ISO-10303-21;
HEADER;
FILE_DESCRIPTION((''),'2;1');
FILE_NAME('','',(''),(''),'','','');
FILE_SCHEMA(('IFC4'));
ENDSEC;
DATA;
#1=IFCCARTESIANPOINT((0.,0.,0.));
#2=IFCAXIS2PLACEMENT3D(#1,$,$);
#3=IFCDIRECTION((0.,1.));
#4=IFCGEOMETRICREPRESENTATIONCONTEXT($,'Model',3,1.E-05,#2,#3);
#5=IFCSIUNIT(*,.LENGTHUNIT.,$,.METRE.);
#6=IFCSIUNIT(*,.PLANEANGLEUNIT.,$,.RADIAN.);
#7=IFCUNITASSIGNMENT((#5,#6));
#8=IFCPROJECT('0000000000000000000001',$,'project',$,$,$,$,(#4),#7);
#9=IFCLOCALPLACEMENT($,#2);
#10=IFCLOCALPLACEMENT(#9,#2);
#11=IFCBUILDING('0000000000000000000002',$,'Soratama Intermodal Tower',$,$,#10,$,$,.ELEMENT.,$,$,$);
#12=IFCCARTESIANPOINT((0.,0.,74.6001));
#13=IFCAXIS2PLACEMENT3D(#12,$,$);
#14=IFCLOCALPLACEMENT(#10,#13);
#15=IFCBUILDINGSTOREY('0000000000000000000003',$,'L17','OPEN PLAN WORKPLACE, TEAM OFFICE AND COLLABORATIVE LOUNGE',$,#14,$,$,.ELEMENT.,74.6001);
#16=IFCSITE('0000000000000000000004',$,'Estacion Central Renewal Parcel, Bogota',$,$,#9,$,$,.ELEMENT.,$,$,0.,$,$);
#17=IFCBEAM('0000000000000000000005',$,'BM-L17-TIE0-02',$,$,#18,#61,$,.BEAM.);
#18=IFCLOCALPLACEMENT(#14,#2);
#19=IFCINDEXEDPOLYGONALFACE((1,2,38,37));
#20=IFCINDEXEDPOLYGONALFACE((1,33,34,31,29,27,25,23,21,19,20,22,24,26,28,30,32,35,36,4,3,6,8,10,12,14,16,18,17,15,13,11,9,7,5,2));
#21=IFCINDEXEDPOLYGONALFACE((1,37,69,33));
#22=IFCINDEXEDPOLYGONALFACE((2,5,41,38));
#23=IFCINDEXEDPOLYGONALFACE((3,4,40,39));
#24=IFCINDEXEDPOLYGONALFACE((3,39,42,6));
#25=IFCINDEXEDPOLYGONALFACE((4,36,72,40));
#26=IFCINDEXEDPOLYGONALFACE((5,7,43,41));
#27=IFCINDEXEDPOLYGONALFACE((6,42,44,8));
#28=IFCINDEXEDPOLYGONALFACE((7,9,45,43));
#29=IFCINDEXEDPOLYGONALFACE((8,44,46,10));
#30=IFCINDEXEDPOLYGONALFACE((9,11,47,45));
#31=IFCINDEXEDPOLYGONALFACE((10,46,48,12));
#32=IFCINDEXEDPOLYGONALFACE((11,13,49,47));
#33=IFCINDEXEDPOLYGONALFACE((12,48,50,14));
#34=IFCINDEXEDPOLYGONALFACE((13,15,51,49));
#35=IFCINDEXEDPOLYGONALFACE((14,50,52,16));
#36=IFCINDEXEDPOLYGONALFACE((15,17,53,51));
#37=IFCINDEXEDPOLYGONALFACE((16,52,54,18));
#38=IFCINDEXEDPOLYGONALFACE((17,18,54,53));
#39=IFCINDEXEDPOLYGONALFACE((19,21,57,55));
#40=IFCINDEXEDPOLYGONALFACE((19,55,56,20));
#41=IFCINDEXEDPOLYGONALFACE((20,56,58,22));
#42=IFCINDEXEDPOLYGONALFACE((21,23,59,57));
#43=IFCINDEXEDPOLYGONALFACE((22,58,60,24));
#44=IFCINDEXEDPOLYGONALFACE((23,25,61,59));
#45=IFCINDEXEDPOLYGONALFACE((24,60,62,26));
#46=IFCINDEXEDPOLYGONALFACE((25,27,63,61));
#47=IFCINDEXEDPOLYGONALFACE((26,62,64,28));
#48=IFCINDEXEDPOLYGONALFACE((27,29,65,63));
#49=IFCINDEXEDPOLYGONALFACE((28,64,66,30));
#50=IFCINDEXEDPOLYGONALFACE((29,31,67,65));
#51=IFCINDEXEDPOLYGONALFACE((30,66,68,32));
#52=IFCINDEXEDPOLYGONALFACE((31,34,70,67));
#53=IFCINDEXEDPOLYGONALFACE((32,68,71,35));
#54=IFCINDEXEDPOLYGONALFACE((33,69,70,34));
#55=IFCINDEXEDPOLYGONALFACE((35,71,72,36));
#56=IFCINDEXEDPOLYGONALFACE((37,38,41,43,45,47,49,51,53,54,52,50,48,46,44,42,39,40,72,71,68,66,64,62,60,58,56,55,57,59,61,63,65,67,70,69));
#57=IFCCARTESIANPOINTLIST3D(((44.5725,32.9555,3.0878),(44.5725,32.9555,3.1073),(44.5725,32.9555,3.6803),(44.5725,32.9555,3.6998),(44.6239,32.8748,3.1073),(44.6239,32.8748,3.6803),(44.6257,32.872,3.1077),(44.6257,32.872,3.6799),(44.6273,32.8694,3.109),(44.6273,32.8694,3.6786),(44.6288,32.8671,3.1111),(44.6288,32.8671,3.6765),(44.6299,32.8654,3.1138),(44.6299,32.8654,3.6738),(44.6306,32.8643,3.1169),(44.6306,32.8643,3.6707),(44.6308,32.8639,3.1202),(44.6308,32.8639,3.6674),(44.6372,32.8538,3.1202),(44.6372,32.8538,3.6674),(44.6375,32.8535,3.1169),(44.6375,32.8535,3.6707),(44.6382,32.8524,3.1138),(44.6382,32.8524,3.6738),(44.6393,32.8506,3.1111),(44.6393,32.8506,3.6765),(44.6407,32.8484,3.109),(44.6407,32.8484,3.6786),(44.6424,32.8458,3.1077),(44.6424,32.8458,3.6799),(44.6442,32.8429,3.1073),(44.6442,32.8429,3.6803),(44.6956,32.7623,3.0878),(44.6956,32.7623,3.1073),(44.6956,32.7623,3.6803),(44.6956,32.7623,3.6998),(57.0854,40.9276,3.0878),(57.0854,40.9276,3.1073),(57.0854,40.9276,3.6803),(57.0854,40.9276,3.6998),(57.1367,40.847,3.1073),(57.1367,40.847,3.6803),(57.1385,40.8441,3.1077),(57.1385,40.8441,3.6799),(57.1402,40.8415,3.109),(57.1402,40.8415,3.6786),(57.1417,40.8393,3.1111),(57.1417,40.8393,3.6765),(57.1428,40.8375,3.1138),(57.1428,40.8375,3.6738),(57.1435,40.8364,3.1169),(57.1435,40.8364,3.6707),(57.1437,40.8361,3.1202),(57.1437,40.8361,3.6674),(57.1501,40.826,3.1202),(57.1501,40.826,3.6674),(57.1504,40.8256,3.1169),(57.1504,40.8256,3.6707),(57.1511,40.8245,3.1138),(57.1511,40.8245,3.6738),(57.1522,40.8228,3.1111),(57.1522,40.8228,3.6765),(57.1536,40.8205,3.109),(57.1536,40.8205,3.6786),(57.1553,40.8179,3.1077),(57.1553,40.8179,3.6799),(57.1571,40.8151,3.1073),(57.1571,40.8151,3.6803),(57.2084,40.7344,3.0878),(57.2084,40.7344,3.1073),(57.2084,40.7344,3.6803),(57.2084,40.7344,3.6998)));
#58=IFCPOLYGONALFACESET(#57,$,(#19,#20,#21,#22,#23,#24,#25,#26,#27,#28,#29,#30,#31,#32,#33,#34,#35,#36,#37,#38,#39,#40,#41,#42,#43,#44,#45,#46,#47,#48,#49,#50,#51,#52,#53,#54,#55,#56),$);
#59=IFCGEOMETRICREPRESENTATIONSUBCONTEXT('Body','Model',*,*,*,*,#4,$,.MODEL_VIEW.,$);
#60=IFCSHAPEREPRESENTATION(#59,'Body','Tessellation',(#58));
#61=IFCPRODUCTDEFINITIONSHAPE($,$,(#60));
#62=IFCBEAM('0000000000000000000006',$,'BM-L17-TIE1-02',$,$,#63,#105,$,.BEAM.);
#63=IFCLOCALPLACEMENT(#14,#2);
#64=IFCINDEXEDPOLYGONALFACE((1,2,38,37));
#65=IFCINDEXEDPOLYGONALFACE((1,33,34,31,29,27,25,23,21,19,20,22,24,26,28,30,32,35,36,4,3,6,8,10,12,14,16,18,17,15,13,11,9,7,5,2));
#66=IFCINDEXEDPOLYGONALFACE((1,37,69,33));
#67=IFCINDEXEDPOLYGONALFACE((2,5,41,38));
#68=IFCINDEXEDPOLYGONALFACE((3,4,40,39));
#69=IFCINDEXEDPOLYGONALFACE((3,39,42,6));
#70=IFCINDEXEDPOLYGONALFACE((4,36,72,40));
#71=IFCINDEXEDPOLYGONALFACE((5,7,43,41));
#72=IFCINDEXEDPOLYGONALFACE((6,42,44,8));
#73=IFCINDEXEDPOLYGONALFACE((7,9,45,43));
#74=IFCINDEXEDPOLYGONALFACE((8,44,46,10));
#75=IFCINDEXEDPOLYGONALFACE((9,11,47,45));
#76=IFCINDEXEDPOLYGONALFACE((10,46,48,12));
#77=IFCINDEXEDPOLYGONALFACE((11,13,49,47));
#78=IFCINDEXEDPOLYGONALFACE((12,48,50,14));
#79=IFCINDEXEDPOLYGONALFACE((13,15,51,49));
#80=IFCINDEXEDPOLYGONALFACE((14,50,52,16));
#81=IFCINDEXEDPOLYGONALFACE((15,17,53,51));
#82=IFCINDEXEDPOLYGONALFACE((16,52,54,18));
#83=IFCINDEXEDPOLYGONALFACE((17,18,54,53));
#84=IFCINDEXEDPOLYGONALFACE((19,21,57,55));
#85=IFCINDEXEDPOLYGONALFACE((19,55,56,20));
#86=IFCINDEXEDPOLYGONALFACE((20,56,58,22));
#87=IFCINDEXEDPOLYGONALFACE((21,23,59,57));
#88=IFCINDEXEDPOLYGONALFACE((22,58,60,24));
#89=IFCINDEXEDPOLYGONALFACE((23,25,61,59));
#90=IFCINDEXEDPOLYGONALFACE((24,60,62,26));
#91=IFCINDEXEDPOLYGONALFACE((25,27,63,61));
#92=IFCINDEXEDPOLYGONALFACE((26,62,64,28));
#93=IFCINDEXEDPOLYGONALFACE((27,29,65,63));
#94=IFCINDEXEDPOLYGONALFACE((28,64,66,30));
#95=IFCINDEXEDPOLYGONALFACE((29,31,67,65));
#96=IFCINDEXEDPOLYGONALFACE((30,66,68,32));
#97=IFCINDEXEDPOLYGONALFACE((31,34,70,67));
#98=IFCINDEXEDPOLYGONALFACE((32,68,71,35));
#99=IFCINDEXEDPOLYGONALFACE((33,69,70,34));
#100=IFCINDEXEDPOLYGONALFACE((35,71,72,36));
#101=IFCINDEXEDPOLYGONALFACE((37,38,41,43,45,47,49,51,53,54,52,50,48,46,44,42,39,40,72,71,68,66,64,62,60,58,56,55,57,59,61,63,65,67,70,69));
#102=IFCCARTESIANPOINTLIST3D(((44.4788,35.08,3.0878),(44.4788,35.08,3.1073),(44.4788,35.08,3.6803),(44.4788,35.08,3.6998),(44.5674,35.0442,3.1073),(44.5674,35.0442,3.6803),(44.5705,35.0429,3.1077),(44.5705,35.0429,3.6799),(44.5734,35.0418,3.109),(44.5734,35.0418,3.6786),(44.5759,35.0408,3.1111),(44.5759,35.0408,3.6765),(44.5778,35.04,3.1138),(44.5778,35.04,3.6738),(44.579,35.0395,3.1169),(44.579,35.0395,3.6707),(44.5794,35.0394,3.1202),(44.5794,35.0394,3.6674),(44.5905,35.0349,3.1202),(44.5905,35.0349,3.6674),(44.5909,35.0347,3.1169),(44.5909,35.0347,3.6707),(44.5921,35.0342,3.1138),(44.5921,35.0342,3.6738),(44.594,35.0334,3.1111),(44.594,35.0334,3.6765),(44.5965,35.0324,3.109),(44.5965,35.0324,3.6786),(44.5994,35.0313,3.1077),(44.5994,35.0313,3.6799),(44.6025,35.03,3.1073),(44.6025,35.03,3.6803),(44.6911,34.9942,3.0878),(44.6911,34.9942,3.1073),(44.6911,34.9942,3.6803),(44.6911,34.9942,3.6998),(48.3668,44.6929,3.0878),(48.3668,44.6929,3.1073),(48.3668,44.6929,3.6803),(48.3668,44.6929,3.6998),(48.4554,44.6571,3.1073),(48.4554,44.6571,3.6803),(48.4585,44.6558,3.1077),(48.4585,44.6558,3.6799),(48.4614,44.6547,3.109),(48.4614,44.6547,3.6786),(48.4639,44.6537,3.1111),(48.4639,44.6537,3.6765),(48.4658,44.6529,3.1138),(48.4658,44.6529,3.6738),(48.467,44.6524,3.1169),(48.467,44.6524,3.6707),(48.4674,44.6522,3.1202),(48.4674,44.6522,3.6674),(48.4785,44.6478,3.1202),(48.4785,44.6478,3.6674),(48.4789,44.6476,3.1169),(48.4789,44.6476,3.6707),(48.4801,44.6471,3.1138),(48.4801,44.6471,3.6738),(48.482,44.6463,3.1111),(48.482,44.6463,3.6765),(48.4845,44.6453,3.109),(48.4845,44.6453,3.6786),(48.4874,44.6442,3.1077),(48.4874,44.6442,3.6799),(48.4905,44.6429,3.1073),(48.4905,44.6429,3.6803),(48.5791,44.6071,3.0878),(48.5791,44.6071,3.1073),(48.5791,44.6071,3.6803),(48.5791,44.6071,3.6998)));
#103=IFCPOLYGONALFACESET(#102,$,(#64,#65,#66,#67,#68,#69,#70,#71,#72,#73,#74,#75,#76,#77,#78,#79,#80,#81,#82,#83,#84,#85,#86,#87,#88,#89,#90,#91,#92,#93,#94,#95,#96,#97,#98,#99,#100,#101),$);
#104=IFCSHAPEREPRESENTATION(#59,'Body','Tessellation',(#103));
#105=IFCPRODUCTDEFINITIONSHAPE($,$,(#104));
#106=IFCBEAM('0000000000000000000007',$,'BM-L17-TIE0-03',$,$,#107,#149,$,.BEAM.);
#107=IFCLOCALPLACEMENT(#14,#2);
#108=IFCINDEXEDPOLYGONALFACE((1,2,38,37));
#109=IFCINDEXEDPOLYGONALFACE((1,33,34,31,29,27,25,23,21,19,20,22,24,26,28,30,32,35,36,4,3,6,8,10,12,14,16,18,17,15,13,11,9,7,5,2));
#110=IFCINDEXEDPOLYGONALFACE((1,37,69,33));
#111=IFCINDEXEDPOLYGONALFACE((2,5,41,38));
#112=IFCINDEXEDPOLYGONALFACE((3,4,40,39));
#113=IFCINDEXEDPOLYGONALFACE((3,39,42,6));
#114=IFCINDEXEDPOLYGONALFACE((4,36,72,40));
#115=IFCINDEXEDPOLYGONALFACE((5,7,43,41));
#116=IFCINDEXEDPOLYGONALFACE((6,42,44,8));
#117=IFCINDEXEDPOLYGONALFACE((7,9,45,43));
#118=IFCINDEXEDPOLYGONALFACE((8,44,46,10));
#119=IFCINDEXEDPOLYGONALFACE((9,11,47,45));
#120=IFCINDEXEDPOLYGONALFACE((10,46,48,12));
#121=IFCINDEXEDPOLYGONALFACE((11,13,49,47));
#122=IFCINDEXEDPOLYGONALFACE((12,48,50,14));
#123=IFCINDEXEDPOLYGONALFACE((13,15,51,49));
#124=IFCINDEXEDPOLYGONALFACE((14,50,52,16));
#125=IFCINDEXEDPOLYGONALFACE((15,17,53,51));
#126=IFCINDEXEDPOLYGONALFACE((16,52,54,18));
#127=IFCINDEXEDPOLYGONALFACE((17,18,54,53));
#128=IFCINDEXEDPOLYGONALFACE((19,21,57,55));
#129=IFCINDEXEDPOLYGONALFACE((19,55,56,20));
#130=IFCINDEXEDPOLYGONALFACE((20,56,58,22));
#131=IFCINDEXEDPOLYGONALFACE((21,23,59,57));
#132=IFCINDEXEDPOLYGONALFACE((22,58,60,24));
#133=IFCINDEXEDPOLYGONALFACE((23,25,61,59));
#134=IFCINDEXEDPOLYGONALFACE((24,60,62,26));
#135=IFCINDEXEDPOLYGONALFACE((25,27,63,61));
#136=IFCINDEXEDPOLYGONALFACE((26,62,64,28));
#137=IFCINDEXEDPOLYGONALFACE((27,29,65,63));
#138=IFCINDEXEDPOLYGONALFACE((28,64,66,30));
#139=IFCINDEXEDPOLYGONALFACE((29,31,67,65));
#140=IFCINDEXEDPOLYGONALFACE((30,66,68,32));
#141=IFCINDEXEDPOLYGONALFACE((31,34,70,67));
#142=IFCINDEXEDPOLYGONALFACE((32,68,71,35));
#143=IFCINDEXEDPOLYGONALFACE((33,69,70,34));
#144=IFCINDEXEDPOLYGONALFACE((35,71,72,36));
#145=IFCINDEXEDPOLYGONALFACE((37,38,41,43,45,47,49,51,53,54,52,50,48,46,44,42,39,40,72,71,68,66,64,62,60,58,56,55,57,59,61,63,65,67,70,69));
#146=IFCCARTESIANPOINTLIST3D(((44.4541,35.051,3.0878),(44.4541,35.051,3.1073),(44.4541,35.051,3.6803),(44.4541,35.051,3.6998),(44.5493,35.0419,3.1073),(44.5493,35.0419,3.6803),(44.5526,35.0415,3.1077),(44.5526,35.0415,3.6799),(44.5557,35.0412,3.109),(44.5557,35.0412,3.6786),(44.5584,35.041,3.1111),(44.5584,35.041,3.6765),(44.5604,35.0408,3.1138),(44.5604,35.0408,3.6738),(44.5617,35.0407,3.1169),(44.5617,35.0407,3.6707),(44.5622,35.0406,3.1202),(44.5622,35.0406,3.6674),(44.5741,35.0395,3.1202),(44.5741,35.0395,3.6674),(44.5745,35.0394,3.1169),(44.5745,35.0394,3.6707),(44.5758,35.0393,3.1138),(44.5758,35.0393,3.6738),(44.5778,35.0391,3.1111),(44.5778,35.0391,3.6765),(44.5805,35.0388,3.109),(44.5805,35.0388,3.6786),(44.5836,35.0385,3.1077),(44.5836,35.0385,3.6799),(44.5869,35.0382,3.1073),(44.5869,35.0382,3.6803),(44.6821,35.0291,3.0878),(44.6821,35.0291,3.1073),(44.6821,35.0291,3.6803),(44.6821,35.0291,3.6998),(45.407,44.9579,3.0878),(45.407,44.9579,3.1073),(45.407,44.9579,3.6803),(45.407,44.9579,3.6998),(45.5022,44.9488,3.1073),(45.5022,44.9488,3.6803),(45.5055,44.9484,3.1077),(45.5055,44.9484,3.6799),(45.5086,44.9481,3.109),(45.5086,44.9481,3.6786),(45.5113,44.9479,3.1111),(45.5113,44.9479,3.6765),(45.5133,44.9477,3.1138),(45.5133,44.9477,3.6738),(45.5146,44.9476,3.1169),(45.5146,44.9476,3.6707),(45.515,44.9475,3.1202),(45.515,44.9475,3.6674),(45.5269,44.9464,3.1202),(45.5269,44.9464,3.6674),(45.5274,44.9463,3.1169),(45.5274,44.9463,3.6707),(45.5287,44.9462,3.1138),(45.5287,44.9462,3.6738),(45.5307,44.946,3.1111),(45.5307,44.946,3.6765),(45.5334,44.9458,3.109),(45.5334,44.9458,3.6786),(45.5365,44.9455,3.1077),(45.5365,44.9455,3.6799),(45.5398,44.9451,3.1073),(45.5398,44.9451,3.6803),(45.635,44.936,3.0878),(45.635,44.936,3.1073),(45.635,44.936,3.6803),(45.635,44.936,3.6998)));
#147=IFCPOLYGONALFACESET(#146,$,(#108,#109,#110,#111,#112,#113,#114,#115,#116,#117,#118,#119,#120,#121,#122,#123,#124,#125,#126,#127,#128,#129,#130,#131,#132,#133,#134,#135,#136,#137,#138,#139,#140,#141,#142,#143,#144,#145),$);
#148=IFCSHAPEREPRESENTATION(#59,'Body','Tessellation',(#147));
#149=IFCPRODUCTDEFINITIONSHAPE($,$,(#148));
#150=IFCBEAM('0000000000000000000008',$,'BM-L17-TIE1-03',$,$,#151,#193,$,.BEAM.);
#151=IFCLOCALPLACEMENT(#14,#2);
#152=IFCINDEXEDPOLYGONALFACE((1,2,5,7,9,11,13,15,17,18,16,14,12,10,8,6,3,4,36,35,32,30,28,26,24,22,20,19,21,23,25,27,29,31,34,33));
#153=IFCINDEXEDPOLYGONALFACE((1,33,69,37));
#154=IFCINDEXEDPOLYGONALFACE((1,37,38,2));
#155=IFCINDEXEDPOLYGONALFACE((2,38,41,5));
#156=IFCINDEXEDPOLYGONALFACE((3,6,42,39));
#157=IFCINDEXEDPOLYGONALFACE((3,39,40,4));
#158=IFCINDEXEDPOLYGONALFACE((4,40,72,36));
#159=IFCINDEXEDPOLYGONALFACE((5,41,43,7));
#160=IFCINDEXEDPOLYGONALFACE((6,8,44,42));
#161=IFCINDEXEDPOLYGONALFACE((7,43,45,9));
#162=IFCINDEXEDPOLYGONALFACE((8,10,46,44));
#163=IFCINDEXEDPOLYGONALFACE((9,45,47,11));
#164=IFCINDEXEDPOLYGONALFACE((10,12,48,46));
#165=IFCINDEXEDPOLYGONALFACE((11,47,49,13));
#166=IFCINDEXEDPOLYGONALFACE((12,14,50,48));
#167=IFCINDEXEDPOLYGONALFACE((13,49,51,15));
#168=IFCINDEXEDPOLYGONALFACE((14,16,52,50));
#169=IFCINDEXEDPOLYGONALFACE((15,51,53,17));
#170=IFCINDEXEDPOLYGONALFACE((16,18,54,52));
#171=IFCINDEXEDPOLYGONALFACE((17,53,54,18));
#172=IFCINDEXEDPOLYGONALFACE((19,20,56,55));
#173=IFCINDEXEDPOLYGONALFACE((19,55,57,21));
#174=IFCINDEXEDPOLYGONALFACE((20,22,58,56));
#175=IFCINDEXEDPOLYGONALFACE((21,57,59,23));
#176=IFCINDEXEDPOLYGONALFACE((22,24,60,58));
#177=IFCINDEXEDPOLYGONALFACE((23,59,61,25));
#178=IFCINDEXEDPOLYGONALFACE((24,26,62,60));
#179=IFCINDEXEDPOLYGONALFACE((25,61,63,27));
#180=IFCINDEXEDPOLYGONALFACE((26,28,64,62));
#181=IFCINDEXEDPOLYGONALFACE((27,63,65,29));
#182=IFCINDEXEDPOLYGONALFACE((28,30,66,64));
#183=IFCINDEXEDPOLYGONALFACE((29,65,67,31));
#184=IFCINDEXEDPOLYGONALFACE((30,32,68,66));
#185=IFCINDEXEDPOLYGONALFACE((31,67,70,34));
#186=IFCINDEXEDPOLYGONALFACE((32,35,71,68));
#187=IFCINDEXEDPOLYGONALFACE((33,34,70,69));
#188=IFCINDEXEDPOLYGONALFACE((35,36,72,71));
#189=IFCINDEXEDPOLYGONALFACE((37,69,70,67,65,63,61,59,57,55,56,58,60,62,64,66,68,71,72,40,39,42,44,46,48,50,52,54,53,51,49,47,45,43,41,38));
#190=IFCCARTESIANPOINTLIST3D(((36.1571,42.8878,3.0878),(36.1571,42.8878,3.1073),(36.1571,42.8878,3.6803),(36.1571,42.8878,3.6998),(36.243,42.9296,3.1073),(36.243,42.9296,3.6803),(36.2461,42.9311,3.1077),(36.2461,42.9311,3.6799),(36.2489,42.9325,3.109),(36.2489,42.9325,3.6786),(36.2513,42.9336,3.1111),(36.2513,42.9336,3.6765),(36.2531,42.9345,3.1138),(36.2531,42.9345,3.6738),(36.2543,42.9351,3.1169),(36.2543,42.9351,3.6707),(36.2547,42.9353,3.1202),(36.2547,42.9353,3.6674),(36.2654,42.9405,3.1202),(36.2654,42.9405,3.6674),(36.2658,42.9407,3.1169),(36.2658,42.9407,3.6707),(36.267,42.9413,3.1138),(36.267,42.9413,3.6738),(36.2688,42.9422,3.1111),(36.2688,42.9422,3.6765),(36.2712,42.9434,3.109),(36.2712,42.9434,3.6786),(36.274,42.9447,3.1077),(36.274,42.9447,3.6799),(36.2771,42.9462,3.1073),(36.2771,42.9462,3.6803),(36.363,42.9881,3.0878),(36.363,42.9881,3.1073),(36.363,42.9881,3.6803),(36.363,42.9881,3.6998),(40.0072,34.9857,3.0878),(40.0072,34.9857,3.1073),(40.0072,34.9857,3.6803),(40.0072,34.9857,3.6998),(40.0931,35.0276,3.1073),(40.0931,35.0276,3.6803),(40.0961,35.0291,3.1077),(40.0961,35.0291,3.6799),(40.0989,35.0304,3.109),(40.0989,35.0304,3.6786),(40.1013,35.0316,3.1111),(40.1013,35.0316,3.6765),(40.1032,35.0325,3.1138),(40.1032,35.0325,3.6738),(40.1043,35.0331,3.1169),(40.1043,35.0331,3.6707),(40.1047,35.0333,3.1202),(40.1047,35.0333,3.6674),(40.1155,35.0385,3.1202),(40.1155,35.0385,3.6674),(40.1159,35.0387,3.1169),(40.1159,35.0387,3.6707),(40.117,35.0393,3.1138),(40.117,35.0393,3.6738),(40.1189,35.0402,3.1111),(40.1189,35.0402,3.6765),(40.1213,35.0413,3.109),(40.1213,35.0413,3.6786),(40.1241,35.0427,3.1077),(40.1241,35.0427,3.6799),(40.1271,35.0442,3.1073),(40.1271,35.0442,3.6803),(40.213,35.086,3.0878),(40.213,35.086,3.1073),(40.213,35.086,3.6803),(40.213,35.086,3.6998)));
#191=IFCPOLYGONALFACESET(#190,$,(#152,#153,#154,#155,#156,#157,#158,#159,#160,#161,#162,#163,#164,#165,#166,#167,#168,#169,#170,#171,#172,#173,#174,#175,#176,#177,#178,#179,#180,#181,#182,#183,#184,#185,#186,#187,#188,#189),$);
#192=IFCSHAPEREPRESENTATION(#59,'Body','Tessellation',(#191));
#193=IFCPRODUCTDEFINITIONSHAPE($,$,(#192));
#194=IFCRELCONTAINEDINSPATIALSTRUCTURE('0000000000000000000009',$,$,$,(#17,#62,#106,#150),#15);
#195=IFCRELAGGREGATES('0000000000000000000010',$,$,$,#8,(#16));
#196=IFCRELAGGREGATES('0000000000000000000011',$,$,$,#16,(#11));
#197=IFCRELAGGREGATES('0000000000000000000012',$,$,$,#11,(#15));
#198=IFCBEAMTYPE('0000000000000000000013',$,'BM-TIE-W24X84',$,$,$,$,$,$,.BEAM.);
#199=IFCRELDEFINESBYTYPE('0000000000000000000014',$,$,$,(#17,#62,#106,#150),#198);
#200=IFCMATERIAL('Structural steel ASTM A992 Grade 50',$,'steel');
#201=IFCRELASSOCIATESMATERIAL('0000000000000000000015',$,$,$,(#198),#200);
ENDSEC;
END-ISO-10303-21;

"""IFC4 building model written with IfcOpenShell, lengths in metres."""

from ifc_helpers import new_model, si_unit, direction, frame, origin, origin_2d, place, context, subcontext, project, spatial, i_section, extrude, material, material_profile, profile_set, type_object, element, save


model = new_model("IFC4")

# Units and contexts
model_context = context("Model", 3, precision=1e-05, world=origin(), true_north=direction((0.0, 1.0)))
body_context = subcontext(model_context, "Body", "Model", "MODEL_VIEW")
ifc_project = project(units=[si_unit("LENGTHUNIT", "METRE"), si_unit("PLANEANGLEUNIT", "RADIAN")], contexts=[model_context])

# Site, building, storey
site_placement = place(None, origin())
site = spatial("IfcSite", under=ifc_project, at=site_placement, Name="Estacion Central Renewal Parcel, Bogota", CompositionType="ELEMENT", RefElevation=0.0)
building_placement = place(site_placement, origin())
building = spatial("IfcBuilding", under=site, at=building_placement, Name="Soratama Intermodal Tower", CompositionType="ELEMENT")
storey_placement = place(building_placement, frame((0.0, 0.0, 74.6001)))
storey = spatial("IfcBuildingStorey", under=building, at=storey_placement, Name="L17", Description="OPEN PLAN WORKPLACE, TEAM OFFICE AND COLLABORATIVE LOUNGE", CompositionType="ELEMENT", Elevation=74.6001)

# Beams
ifc_material_1 = material(Name="Structural steel ASTM A992 Grade 50", Category="steel")
ifc_material_profile_1 = material_profile(ifc_material_1, i_section(OverallWidth=0.229, OverallDepth=0.6121, WebThickness=0.012, FlangeThickness=0.0195, FilletRadius=0.0129, at=origin_2d()), Name="W24X84")
ifc_profile_set_1 = profile_set([ifc_material_profile_1], Name="Structural steel ASTM A992 Grade 50")
beam_type_1 = type_object("IfcBeamType", Name="BM-TIE-W24X84", PredefinedType="BEAM", material=ifc_profile_set_1)
beam_1_placement = place(storey_placement, frame((44.634, 32.8589, 3.3938), z_axis=(0.843375, 0.537326, 0.0), x_axis=(-0.537326, 0.843375, 0.0)))
element("IfcBeam", 1, at=beam_1_placement, inside=storey, type_object=beam_type_1, Name="BM-L17-TIE0-02", PredefinedType="BEAM", context=body_context, shape_type="SweptSolid", body=[
    extrude(i_section(OverallWidth=0.229, OverallDepth=0.6121, WebThickness=0.012, FlangeThickness=0.0195, FilletRadius=0.0129, at=origin_2d()), origin(), (0.0, 0.0, 1.0), 14.8367),
])
beam_2_placement = place(storey_placement, frame((44.585, 35.0371, 3.3938), z_axis=(0.374948, 0.927046, 0.0), x_axis=(-0.927046, 0.374948, 0.0)))
element("IfcBeam", 2, at=beam_2_placement, inside=storey, type_object=beam_type_1, Name="BM-L17-TIE1-02", PredefinedType="BEAM", context=body_context, shape_type="SweptSolid", body=[
    extrude(i_section(OverallWidth=0.229, OverallDepth=0.6121, WebThickness=0.012, FlangeThickness=0.0195, FilletRadius=0.0129, at=origin_2d()), origin(), (0.0, 0.0, 1.0), 10.3694),
])
beam_3_placement = place(storey_placement, frame((44.5681, 35.04, 3.3938), z_axis=(0.095741, 0.995406, 0.0), x_axis=(-0.995406, 0.095741, 0.0)))
element("IfcBeam", 3, at=beam_3_placement, inside=storey, type_object=beam_type_1, Name="BM-L17-TIE0-03", PredefinedType="BEAM", context=body_context, shape_type="SweptSolid", body=[
    extrude(i_section(OverallWidth=0.229, OverallDepth=0.6121, WebThickness=0.012, FlangeThickness=0.0195, FilletRadius=0.0129, at=origin_2d()), origin(), (0.0, 0.0, 1.0), 9.9526),
])
beam_4_placement = place(storey_placement, frame((40.1101, 35.0359, 3.3938), z_axis=(-0.438002, 0.898974, 0.0), x_axis=(-0.898974, -0.438002, 0.0)))
element("IfcBeam", 4, at=beam_4_placement, inside=storey, type_object=beam_type_1, Name="BM-L17-TIE1-03", PredefinedType="BEAM", context=body_context, shape_type="SweptSolid", body=[
    extrude(i_section(OverallWidth=0.229, OverallDepth=0.6121, WebThickness=0.012, FlangeThickness=0.0195, FilletRadius=0.0129, at=origin_2d()), origin(), (0.0, 0.0, 1.0), 8.79),
])

save(model, "model.ifc")
